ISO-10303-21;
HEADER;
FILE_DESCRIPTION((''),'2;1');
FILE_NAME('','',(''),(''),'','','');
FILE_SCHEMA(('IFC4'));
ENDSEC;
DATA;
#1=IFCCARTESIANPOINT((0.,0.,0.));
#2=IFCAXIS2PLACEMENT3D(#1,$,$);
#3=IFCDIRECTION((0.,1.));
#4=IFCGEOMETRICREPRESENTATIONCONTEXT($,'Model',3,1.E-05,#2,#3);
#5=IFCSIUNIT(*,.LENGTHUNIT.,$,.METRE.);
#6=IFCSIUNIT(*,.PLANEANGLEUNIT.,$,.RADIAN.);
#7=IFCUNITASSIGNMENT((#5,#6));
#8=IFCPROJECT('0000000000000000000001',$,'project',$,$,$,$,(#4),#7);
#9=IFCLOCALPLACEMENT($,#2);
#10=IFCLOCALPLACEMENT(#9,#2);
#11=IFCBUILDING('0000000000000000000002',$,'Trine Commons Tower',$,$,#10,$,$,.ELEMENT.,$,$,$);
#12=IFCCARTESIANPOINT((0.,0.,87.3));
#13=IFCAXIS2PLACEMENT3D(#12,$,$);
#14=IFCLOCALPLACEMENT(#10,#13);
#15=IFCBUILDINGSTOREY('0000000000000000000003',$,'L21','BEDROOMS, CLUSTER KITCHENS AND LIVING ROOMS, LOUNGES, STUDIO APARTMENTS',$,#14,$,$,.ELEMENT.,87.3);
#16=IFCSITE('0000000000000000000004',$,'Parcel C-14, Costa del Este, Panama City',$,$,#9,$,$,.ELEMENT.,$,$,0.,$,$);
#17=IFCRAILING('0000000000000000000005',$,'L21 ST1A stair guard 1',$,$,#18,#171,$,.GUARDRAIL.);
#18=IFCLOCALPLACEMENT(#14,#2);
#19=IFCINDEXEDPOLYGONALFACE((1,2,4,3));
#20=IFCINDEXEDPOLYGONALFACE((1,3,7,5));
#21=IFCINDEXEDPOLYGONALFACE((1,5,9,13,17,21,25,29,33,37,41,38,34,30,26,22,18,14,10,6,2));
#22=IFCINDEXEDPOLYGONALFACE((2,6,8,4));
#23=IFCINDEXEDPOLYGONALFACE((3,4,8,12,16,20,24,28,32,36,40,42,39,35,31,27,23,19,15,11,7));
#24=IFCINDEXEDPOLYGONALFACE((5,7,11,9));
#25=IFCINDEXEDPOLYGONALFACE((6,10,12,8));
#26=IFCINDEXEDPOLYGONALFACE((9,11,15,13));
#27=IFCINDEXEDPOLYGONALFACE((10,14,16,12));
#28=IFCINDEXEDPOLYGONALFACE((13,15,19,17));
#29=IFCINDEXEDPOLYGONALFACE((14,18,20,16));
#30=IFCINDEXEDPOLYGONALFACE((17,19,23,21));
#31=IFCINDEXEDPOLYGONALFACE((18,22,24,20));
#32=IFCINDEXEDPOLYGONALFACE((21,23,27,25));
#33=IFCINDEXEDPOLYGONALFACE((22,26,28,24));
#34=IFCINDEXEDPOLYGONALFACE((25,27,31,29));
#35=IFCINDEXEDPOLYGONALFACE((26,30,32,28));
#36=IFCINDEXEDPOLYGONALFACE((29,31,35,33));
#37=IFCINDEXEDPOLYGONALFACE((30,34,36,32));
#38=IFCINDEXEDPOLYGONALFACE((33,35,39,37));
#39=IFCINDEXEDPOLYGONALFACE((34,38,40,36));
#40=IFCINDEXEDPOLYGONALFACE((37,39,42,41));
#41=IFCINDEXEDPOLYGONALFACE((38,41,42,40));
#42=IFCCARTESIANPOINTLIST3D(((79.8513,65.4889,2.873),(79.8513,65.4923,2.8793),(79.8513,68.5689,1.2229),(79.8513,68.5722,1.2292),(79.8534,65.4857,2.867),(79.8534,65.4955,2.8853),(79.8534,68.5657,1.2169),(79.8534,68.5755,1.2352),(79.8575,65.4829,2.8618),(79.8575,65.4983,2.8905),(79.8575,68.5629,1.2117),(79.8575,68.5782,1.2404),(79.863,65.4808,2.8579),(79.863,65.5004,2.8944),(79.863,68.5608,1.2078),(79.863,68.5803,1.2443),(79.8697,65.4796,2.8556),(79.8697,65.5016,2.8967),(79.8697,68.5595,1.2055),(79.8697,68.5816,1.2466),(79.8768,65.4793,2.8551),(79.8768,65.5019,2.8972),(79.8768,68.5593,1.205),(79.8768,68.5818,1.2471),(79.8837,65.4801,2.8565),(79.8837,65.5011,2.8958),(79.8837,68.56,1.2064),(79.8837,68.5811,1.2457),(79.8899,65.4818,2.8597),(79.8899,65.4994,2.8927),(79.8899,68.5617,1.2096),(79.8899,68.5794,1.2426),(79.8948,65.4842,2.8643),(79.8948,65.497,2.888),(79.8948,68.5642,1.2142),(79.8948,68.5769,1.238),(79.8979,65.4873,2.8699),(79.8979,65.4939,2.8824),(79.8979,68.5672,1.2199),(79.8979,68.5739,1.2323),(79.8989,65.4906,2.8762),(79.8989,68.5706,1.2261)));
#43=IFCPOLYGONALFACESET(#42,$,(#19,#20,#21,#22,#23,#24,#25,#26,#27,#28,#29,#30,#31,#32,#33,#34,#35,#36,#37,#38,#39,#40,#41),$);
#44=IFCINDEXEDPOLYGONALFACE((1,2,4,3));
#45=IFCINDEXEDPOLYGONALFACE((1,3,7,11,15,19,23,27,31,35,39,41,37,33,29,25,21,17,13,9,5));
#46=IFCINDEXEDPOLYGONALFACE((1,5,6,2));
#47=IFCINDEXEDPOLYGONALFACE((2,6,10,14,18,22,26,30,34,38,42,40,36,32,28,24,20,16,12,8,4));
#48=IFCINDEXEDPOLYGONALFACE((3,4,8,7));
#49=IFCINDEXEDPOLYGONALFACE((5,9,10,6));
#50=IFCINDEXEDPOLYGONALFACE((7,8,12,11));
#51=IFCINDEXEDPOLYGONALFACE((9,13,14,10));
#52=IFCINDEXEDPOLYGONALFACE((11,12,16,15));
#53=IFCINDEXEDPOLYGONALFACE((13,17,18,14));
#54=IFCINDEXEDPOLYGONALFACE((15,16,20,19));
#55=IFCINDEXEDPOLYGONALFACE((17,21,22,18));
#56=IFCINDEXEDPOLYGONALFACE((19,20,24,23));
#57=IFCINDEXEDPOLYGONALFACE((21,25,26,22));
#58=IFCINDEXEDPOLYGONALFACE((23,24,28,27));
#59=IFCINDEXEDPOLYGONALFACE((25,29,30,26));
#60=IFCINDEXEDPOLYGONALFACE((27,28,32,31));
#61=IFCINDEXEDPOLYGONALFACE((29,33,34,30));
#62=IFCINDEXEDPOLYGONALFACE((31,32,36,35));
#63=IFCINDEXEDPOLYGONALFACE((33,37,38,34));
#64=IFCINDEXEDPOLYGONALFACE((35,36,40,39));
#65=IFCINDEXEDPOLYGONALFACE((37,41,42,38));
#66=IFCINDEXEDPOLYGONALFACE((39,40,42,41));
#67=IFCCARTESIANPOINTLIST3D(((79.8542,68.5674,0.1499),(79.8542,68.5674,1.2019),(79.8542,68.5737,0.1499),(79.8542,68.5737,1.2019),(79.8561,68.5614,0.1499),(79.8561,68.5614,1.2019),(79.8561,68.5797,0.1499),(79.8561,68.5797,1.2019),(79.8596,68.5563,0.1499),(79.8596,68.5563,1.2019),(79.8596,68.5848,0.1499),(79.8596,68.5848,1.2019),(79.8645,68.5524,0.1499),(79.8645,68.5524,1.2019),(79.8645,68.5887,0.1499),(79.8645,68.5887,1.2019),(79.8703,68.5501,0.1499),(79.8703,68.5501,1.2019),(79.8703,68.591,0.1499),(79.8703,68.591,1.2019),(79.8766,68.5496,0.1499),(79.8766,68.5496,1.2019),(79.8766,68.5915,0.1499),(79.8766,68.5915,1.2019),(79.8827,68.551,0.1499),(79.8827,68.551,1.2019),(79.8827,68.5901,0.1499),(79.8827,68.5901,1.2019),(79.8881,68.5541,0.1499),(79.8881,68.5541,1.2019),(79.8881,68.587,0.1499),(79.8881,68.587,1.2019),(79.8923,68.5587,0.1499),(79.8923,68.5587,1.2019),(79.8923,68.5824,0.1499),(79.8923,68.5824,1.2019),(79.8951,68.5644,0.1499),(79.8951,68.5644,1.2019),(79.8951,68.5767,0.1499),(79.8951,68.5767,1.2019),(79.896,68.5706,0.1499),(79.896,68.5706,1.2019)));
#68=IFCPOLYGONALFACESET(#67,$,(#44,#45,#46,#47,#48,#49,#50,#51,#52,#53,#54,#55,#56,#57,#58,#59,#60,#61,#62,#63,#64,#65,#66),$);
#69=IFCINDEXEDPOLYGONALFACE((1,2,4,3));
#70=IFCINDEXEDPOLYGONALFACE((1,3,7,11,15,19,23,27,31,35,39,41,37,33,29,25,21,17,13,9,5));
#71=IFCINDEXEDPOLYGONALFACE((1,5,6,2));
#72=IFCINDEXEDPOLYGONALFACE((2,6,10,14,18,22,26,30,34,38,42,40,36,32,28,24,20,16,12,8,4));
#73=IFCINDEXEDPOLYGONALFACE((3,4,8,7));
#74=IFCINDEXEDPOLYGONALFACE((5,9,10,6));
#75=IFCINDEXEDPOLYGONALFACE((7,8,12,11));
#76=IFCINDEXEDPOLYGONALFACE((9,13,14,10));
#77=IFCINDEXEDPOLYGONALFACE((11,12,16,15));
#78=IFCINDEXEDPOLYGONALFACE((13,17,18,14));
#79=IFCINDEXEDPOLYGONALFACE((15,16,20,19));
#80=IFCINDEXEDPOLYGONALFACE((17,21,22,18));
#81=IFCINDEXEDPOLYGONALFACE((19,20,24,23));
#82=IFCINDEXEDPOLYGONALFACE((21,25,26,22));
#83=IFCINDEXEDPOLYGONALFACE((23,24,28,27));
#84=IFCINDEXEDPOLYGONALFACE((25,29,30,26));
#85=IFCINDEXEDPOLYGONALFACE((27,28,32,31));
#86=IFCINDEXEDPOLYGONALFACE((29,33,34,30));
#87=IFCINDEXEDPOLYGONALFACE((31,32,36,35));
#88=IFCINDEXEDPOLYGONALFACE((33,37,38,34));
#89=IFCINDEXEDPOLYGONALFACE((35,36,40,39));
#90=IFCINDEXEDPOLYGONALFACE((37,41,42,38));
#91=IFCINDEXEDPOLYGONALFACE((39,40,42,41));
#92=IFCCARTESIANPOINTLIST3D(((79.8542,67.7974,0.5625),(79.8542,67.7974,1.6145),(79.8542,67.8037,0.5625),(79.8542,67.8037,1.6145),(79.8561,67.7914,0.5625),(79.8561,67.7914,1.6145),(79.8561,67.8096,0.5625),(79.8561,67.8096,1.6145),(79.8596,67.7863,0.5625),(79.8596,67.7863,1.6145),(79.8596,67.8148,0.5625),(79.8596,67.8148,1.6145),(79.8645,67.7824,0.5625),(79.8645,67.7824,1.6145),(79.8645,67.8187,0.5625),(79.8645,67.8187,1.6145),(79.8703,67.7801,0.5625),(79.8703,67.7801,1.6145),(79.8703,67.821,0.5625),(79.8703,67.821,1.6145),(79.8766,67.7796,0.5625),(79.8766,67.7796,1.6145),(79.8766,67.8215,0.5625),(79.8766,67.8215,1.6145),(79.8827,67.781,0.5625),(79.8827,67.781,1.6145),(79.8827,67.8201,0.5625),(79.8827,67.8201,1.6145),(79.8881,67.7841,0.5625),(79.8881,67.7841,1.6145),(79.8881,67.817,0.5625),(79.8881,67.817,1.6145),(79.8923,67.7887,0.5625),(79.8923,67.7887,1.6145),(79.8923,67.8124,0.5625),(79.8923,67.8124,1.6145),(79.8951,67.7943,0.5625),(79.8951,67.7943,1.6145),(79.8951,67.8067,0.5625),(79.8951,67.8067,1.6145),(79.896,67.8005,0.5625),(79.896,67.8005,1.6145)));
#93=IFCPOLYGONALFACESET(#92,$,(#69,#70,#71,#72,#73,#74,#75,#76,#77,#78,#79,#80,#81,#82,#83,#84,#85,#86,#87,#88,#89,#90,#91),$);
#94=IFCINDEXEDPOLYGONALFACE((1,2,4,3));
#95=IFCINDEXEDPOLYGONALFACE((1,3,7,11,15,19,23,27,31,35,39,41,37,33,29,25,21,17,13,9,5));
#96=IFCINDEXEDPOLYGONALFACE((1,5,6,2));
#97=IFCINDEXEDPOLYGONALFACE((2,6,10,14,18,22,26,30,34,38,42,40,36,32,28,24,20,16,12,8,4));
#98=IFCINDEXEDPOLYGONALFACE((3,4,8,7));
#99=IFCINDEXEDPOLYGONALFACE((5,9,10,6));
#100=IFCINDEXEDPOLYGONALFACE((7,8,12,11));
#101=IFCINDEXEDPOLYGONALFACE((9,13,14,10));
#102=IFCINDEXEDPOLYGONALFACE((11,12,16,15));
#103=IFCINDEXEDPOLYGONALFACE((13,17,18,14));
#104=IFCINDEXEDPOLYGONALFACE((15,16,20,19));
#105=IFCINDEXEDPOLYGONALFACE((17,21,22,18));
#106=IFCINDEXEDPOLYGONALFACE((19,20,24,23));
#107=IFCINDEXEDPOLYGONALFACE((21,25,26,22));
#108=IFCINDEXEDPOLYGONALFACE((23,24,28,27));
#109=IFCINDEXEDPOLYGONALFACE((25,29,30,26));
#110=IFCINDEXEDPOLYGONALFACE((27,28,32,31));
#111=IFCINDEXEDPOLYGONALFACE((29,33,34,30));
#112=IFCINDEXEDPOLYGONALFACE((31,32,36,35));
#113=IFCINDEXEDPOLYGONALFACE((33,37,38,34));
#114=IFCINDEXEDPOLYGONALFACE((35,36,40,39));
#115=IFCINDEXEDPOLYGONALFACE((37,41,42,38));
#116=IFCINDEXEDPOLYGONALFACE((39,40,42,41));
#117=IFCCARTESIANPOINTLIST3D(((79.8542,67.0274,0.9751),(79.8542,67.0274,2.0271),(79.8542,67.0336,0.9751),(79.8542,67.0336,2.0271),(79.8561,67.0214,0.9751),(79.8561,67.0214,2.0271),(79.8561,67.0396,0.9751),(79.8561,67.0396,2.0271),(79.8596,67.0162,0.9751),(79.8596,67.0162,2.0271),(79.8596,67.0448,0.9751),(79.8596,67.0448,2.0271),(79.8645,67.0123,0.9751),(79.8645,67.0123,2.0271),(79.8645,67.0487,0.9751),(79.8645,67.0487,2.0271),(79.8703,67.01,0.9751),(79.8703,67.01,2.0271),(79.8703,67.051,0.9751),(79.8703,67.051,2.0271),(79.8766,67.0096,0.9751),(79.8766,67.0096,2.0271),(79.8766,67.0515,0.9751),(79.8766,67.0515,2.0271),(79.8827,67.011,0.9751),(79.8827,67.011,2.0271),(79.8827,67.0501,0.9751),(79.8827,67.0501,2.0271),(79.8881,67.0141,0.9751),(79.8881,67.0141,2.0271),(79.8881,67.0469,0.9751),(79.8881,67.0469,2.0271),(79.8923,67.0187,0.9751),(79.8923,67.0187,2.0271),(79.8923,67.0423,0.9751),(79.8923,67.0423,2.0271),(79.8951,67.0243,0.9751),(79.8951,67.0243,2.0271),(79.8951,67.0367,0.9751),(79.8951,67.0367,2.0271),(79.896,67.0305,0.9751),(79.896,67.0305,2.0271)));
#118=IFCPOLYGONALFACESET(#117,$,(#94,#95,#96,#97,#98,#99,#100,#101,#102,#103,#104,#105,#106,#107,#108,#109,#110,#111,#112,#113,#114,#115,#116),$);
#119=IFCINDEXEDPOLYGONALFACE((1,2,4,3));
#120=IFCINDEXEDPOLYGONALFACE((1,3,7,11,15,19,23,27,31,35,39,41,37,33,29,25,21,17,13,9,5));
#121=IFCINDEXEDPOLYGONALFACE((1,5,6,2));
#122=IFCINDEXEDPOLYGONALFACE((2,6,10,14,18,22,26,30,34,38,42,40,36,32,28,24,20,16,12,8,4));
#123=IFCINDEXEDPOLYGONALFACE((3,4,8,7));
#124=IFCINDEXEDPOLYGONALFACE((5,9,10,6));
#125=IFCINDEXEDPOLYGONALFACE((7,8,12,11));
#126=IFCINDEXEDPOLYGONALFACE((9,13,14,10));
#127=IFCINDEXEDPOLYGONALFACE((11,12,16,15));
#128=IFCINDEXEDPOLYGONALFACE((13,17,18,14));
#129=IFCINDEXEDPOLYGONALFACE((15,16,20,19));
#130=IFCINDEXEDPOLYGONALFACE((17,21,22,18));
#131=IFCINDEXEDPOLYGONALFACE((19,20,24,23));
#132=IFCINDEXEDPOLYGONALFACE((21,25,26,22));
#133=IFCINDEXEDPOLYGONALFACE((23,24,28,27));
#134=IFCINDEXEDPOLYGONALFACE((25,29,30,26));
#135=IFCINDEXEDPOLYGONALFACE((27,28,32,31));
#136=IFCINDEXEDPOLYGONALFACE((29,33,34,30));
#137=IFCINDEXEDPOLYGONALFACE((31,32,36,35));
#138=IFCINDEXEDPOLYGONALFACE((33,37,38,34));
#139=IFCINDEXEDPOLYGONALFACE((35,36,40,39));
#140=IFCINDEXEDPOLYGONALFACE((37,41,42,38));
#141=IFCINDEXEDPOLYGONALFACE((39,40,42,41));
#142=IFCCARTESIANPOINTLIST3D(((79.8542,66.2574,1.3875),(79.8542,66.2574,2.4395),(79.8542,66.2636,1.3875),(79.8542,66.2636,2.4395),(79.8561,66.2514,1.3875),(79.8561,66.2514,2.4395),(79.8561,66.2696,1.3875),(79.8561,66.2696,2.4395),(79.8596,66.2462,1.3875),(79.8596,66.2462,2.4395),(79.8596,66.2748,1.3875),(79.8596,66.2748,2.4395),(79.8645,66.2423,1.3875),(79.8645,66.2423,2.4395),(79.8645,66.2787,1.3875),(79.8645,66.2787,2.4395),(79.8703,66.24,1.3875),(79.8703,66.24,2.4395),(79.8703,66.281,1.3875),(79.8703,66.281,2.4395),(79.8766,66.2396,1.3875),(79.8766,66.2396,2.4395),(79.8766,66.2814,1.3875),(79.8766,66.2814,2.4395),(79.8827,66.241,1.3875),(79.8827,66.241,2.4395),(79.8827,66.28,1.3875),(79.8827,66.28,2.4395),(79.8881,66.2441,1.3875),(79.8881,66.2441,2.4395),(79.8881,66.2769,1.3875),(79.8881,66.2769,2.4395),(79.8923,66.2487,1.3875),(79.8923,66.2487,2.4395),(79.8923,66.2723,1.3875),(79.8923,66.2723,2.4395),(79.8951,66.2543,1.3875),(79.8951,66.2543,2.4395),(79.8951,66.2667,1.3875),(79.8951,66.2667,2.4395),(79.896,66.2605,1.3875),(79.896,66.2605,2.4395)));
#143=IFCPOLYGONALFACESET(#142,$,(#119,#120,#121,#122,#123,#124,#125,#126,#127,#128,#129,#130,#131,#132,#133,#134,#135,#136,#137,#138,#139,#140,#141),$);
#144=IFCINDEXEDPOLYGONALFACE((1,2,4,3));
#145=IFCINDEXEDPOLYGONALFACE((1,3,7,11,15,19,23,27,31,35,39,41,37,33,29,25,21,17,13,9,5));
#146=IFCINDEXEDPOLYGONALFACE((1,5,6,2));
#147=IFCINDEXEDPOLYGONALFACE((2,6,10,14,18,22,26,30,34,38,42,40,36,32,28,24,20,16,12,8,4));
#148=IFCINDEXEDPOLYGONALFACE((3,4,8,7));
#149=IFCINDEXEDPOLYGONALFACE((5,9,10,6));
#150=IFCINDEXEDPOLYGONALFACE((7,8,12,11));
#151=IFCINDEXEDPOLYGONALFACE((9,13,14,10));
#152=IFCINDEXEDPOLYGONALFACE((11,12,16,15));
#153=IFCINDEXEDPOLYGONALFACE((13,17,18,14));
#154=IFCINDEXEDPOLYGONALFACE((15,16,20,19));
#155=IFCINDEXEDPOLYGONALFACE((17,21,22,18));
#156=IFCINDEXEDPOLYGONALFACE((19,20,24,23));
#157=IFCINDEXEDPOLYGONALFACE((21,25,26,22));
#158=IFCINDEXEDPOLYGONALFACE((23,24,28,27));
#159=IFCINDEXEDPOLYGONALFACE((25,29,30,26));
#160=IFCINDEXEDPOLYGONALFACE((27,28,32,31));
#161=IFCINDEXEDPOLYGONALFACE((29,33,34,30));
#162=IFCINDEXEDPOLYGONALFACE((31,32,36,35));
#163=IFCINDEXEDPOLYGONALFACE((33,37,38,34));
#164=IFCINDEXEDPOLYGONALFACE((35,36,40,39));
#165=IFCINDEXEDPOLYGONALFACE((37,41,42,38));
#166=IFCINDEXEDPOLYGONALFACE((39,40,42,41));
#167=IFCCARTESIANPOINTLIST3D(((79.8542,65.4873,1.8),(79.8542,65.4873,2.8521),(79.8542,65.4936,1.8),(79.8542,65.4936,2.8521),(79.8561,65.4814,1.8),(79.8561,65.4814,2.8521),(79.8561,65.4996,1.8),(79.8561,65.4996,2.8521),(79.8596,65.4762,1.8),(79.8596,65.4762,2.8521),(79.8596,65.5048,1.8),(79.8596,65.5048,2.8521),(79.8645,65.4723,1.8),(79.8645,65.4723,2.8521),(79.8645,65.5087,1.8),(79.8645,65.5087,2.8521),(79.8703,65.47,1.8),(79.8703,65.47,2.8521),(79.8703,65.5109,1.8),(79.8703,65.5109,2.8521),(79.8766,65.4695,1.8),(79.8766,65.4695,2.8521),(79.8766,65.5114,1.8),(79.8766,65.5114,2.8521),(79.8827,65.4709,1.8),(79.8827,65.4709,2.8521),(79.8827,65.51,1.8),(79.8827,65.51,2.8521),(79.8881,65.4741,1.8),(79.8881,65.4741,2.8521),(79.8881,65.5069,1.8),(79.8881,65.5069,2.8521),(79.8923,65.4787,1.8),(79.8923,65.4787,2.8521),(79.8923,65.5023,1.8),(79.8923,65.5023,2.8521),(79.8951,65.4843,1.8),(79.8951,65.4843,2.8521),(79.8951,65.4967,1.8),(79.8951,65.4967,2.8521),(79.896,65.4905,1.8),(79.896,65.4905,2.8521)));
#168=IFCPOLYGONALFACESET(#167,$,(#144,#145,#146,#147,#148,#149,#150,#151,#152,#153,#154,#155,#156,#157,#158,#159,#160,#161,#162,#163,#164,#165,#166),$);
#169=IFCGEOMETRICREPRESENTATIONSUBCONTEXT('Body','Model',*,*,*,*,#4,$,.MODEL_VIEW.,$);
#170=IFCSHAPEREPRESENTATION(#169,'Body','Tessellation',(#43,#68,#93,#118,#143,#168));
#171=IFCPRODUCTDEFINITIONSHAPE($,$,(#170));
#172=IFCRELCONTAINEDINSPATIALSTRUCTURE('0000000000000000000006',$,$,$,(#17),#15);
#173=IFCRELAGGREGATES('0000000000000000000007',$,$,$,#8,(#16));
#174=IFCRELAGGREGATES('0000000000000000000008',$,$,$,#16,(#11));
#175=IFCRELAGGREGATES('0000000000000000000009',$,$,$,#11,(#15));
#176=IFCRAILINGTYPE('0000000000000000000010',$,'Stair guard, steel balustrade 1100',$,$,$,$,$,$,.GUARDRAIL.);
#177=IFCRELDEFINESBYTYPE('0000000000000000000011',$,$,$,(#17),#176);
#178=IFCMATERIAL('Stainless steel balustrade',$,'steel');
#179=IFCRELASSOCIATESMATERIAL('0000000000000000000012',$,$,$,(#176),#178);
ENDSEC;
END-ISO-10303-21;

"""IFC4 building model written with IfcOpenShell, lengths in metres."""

from ifc_helpers import new_model, si_unit, direction, frame, origin, origin_2d, place, context, subcontext, project, spatial, circle, extrude, material, type_object, element, save


model = new_model("IFC4")

# Units and contexts
model_context = context("Model", 3, precision=1e-05, world=origin(), true_north=direction((0.0, 1.0)))
body_context = subcontext(model_context, "Body", "Model", "MODEL_VIEW")
ifc_project = project(units=[si_unit("LENGTHUNIT", "METRE"), si_unit("PLANEANGLEUNIT", "RADIAN")], contexts=[model_context])

# Site, building, storey
site_placement = place(None, origin())
site = spatial("IfcSite", under=ifc_project, at=site_placement, Name="Parcel C-14, Costa del Este, Panama City", CompositionType="ELEMENT", RefElevation=0.0)
building_placement = place(site_placement, origin())
building = spatial("IfcBuilding", under=site, at=building_placement, Name="Trine Commons Tower", CompositionType="ELEMENT")
storey_placement = place(building_placement, frame((0.0, 0.0, 87.3)))
storey = spatial("IfcBuildingStorey", under=building, at=storey_placement, Name="L21", Description="BEDROOMS, CLUSTER KITCHENS AND LIVING ROOMS, LOUNGES, STUDIO APARTMENTS", CompositionType="ELEMENT", Elevation=87.3)

# Railing
ifc_material_1 = material(Name="Stainless steel balustrade", Category="steel")
railing_type_1 = type_object("IfcRailingType", Name="Stair guard, steel balustrade 1100", PredefinedType="GUARDRAIL", material=ifc_material_1)
railing_1_placement = place(storey_placement, frame((79.875, 68.5706, 0.1499)))
element("IfcRailing", 1, at=railing_1_placement, inside=storey, type_object=railing_type_1, Name="L21 ST1A stair guard 1", PredefinedType="GUARDRAIL", context=body_context, shape_type="SweptSolid", body=[
    extrude(circle(Radius=0.0239, at=origin_2d()), frame((0.0, 0.0, 1.0762), z_axis=(0.0, -0.881468, 0.472245), x_axis=(1.0, 0.0, 0.0)), (0.0, 0.0, 1.0), 3.4941),
    extrude(circle(Radius=0.021, at=origin_2d()), origin(), (0.0, 0.0, 1.0), 1.052),
    extrude(circle(Radius=0.021, at=origin_2d()), frame((0.0, -0.77, 0.4126)), (0.0, 0.0, 1.0), 1.052),
    extrude(circle(Radius=0.021, at=origin_2d()), frame((0.0, -1.54, 0.8252)), (0.0, 0.0, 1.0), 1.052),
    extrude(circle(Radius=0.021, at=origin_2d()), frame((0.0, -2.3101, 1.2375)), (0.0, 0.0, 1.0), 1.052),
    extrude(circle(Radius=0.021, at=origin_2d()), frame((0.0, -3.0801, 1.6501)), (0.0, 0.0, 1.0), 1.052),
])

save(model, "model.ifc")
